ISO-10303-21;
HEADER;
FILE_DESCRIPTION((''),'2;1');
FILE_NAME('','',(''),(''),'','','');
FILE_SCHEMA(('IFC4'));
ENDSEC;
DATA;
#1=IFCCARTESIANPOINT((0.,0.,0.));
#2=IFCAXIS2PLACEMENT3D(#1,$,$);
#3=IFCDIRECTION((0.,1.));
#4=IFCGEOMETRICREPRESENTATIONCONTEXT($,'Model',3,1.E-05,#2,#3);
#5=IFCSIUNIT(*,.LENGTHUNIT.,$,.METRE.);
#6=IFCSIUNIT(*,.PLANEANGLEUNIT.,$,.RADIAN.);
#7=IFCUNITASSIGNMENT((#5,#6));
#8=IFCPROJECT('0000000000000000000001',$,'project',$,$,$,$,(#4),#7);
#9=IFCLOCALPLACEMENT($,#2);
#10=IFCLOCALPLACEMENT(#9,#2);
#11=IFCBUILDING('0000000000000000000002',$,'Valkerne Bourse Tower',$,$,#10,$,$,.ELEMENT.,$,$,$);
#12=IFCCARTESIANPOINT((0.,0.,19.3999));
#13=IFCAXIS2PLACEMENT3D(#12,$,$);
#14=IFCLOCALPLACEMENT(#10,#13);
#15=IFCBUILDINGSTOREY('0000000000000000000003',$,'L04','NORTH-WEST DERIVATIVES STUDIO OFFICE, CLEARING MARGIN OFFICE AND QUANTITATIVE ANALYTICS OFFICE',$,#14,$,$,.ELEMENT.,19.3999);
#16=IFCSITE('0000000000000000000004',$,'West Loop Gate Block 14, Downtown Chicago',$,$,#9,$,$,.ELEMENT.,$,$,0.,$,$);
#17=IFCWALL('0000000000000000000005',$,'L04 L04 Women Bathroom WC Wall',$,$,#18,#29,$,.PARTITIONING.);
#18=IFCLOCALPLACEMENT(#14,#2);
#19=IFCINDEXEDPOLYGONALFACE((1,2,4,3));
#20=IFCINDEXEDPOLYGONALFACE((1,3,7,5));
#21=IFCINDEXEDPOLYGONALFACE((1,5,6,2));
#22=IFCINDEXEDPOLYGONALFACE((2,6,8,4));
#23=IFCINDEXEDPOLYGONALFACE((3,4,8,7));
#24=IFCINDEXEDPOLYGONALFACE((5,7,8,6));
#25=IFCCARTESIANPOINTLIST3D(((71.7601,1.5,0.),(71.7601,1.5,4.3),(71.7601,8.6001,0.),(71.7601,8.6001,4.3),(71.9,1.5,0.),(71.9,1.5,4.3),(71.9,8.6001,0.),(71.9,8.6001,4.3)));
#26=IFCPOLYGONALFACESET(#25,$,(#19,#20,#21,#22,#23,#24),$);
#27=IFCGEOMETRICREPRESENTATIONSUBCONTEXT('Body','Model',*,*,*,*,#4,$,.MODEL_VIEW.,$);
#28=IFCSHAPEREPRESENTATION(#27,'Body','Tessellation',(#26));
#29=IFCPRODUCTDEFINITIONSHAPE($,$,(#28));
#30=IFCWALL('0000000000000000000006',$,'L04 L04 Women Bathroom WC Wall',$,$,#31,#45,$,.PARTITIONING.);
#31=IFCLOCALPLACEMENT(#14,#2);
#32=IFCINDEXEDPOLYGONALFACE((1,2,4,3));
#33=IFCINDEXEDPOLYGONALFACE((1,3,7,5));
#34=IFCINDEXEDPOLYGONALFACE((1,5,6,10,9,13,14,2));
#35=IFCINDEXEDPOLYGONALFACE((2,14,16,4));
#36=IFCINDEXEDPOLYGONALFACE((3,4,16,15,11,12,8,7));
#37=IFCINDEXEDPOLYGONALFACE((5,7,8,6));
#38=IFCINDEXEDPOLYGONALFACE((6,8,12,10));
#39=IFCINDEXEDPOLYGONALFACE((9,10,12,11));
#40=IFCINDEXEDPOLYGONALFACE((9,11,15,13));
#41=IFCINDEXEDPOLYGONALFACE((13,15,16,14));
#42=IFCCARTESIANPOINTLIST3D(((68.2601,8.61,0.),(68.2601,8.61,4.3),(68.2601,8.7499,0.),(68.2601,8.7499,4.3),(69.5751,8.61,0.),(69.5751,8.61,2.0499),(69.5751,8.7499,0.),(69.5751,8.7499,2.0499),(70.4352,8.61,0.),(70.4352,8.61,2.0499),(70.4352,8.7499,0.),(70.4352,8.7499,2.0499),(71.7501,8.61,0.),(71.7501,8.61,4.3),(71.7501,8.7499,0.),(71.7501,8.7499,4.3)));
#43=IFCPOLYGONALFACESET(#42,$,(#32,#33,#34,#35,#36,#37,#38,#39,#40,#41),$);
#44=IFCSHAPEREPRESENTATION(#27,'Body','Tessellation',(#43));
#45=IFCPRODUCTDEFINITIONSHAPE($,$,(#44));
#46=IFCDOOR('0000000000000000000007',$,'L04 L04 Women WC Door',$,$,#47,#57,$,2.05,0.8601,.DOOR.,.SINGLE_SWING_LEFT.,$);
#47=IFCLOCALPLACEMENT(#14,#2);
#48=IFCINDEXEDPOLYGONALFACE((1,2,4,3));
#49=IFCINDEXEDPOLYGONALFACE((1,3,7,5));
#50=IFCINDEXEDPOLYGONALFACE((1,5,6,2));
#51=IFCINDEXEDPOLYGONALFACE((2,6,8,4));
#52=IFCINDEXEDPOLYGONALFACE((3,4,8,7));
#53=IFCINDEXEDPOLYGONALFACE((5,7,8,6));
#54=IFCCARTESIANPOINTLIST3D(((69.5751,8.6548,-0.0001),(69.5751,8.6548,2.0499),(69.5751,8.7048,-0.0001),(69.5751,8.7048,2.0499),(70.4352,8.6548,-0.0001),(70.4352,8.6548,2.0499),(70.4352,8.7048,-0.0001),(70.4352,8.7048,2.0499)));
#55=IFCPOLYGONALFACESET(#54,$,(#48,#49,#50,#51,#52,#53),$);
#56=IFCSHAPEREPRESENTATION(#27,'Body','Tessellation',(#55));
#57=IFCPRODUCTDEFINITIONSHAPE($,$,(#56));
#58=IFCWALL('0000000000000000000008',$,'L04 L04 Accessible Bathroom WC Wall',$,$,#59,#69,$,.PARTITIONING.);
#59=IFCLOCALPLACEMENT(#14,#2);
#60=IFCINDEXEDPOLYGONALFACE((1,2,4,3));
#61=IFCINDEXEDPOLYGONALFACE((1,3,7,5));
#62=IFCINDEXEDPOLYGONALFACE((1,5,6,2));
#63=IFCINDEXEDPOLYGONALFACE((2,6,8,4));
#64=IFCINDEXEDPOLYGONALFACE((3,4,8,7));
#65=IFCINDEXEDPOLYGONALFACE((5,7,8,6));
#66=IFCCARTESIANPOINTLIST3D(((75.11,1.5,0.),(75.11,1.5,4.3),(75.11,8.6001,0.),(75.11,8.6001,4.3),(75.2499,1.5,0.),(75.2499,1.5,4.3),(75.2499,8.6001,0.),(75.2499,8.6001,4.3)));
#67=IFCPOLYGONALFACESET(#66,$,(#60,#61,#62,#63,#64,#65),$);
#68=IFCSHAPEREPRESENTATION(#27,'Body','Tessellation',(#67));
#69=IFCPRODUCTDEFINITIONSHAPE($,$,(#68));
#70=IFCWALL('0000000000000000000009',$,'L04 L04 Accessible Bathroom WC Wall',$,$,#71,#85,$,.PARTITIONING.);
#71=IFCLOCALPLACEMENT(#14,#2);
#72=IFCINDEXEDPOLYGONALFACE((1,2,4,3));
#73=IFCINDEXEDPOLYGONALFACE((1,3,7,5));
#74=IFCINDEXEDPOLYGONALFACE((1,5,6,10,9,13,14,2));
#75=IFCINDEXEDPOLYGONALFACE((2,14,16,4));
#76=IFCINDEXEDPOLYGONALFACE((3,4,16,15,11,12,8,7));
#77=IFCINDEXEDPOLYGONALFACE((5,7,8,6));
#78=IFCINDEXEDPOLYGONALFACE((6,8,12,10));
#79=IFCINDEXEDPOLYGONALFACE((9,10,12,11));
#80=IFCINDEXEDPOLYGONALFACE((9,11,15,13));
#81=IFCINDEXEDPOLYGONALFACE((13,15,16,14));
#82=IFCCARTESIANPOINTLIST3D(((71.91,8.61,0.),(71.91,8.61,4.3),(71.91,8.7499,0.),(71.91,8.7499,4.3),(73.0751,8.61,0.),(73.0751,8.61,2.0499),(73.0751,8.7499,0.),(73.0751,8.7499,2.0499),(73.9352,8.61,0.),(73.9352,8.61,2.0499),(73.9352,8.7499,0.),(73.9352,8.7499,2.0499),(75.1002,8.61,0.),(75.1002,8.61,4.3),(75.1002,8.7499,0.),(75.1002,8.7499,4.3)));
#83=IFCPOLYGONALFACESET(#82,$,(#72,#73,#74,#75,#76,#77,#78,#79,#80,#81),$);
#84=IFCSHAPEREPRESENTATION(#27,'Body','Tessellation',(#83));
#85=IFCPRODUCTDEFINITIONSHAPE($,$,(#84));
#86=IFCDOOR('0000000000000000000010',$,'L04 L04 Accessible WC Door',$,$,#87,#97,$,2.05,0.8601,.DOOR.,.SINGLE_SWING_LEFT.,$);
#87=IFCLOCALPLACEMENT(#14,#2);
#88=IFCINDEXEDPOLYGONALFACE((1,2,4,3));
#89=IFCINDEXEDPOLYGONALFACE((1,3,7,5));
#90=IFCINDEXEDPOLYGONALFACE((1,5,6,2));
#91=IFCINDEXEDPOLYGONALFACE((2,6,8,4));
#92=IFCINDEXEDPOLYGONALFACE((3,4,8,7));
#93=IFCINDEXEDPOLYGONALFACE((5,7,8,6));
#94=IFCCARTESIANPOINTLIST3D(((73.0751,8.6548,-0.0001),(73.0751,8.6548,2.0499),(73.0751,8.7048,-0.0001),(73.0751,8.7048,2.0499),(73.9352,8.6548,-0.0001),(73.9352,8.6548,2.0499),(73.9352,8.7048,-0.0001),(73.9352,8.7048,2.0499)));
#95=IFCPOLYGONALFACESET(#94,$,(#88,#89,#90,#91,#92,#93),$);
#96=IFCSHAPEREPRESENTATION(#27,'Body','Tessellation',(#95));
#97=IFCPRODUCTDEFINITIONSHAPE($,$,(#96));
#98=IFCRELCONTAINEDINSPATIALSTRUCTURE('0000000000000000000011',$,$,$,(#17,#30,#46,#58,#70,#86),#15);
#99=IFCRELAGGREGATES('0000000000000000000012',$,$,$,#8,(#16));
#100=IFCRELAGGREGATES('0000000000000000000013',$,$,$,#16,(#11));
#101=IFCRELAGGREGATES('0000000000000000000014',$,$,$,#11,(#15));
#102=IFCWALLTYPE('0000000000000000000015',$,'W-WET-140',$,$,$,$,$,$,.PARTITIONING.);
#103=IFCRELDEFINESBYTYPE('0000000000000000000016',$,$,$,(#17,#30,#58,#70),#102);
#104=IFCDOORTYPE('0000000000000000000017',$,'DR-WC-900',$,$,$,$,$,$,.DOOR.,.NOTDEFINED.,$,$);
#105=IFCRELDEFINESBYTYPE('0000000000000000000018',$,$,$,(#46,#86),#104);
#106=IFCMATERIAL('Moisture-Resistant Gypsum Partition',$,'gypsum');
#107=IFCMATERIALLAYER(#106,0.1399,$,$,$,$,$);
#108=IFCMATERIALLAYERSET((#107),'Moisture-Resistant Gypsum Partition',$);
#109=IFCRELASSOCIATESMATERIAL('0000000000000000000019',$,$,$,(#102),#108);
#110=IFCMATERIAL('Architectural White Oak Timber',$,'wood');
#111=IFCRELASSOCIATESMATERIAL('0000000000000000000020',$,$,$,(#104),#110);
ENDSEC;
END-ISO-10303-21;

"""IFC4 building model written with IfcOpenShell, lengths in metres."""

from ifc_helpers import new_model, si_unit, direction, frame, frame_2d, origin, place, context, subcontext, project, spatial, rectangle, extrude, material, layer, layer_set, type_object, element, fill, save


model = new_model("IFC4")

# Units and contexts
model_context = context("Model", 3, precision=1e-05, world=origin(), true_north=direction((0.0, 1.0)))
body_context = subcontext(model_context, "Body", "Model", "MODEL_VIEW")
ifc_project = project(units=[si_unit("LENGTHUNIT", "METRE"), si_unit("PLANEANGLEUNIT", "RADIAN")], contexts=[model_context])

# Site, building, storey
site_placement = place(None, origin())
site = spatial("IfcSite", under=ifc_project, at=site_placement, Name="West Loop Gate Block 14, Downtown Chicago", CompositionType="ELEMENT", RefElevation=0.0)
building_placement = place(site_placement, origin())
building = spatial("IfcBuilding", under=site, at=building_placement, Name="Valkerne Bourse Tower", CompositionType="ELEMENT")
storey_placement = place(building_placement, frame((0.0, 0.0, 19.3999)))
storey = spatial("IfcBuildingStorey", under=building, at=storey_placement, Name="L04", Description="NORTH-WEST DERIVATIVES STUDIO OFFICE, CLEARING MARGIN OFFICE AND QUANTITATIVE ANALYTICS OFFICE", CompositionType="ELEMENT", Elevation=19.3999)

# Shared definitions
ifc_material_1 = material(Name="Moisture-Resistant Gypsum Partition", Category="gypsum")
ifc_layer_1 = layer(ifc_material_1, 0.1399)
ifc_layer_set_1 = layer_set([ifc_layer_1], Name="Moisture-Resistant Gypsum Partition")
wall_type_1 = type_object("IfcWallType", Name="W-WET-140", PredefinedType="PARTITIONING", material=ifc_layer_set_1)

# Shared definitions
ifc_material_2 = material(Name="Architectural White Oak Timber", Category="wood")
door_type = type_object("IfcDoorType", Name="DR-WC-900", OperationType="NOTDEFINED", PredefinedType="DOOR", material=ifc_material_2)

# Wall
wall_1_placement = place(storey_placement, frame((71.8301, 1.5, 0.0), z_axis=(0.0, 0.0, 1.0), x_axis=(0.0, 1.0, 0.0)))
element("IfcWall", 1, at=wall_1_placement, inside=storey, type_object=wall_type_1, Name="L04 L04 Women Bathroom WC Wall", PredefinedType="PARTITIONING", context=body_context, shape_type="SweptSolid", body=[
    extrude(rectangle(XDim=7.1001, YDim=0.1399, at=frame_2d((3.55, 0.0))), origin(), (0.0, 0.0, 1.0), 4.3),
])

# Wall, opening, door
wall_2_placement = place(storey_placement, frame((68.26, 8.6799, 0.0), z_axis=(0.0, 0.0, 1.0), x_axis=(1.0, 0.0, 0.0)))
wall_2 = element("IfcWall", 2, at=wall_2_placement, inside=storey, type_object=wall_type_1, Name="L04 L04 Women Bathroom WC Wall", PredefinedType="PARTITIONING", context=body_context, shape_type="SweptSolid", body=[
    extrude(rectangle(XDim=3.49, YDim=0.1399, at=frame_2d((1.7451, 0.0))), origin(), (0.0, 0.0, 1.0), 4.3),
])
opening_1_placement = place(wall_2_placement, frame((1.3149, 0.0, 0.0)))
opening_1 = element("IfcOpeningElement", 3, at=opening_1_placement, cuts=wall_2, PredefinedType="OPENING", context=body_context, shape_type="SweptSolid", body=[
    extrude(rectangle(XDim=0.8601, YDim=2.05, at=frame_2d((0.4302, 1.0249))), frame((0.0, 0.0798, 0.0), z_axis=(0.0, -1.0, 0.0), x_axis=(1.0, 0.0, 0.0)), (0.0, 0.0, 1.0), 0.1599),
])
door_1_placement = place(opening_1_placement, origin())
door_1 = element("IfcDoor", 4, at=door_1_placement, inside=storey, type_object=door_type, Name="L04 L04 Women WC Door", OperationType="SINGLE_SWING_LEFT", OverallHeight=2.05, OverallWidth=0.8601, PredefinedType="DOOR", context=body_context, shape_type="SweptSolid", body=[
    extrude(rectangle(XDim=0.8601, YDim=2.05, at=frame_2d((0.4302, 1.0249))), frame((0.0, 0.0249, 0.0), z_axis=(0.0, -1.0, 0.0), x_axis=(1.0, 0.0, 0.0)), (0.0, 0.0, 1.0), 0.05),
])
fill(opening_1, door_1)

# Wall
wall_3_placement = place(storey_placement, frame((75.1799, 1.5, 0.0), z_axis=(0.0, 0.0, 1.0), x_axis=(0.0, 1.0, 0.0)))
element("IfcWall", 5, at=wall_3_placement, inside=storey, type_object=wall_type_1, Name="L04 L04 Accessible Bathroom WC Wall", PredefinedType="PARTITIONING", context=body_context, shape_type="SweptSolid", body=[
    extrude(rectangle(XDim=7.1001, YDim=0.1399, at=frame_2d((3.55, 0.0))), origin(), (0.0, 0.0, 1.0), 4.3),
])

# Wall, opening, door
wall_4_placement = place(storey_placement, frame((71.9099, 8.6799, 0.0), z_axis=(0.0, 0.0, 1.0), x_axis=(1.0, 0.0, 0.0)))
wall_4 = element("IfcWall", 6, at=wall_4_placement, inside=storey, type_object=wall_type_1, Name="L04 L04 Accessible Bathroom WC Wall", PredefinedType="PARTITIONING", context=body_context, shape_type="SweptSolid", body=[
    extrude(rectangle(XDim=3.1902, YDim=0.1399, at=frame_2d((1.5952, 0.0))), origin(), (0.0, 0.0, 1.0), 4.3),
])
opening_2_placement = place(wall_4_placement, frame((1.165, 0.0, 0.0)))
opening_2 = element("IfcOpeningElement", 7, at=opening_2_placement, cuts=wall_4, PredefinedType="OPENING", context=body_context, shape_type="SweptSolid", body=[
    extrude(rectangle(XDim=0.8601, YDim=2.05, at=frame_2d((0.4302, 1.0249))), frame((0.0, 0.0798, 0.0), z_axis=(0.0, -1.0, 0.0), x_axis=(1.0, 0.0, 0.0)), (0.0, 0.0, 1.0), 0.1599),
])
door_2_placement = place(opening_2_placement, origin())
door_2 = element("IfcDoor", 8, at=door_2_placement, inside=storey, type_object=door_type, Name="L04 L04 Accessible WC Door", OperationType="SINGLE_SWING_LEFT", OverallHeight=2.05, OverallWidth=0.8601, PredefinedType="DOOR", context=body_context, shape_type="SweptSolid", body=[
    extrude(rectangle(XDim=0.8601, YDim=2.05, at=frame_2d((0.4302, 1.0249))), frame((0.0, 0.0249, 0.0), z_axis=(0.0, -1.0, 0.0), x_axis=(1.0, 0.0, 0.0)), (0.0, 0.0, 1.0), 0.05),
])
fill(opening_2, door_2)

save(model, "model.ifc")
